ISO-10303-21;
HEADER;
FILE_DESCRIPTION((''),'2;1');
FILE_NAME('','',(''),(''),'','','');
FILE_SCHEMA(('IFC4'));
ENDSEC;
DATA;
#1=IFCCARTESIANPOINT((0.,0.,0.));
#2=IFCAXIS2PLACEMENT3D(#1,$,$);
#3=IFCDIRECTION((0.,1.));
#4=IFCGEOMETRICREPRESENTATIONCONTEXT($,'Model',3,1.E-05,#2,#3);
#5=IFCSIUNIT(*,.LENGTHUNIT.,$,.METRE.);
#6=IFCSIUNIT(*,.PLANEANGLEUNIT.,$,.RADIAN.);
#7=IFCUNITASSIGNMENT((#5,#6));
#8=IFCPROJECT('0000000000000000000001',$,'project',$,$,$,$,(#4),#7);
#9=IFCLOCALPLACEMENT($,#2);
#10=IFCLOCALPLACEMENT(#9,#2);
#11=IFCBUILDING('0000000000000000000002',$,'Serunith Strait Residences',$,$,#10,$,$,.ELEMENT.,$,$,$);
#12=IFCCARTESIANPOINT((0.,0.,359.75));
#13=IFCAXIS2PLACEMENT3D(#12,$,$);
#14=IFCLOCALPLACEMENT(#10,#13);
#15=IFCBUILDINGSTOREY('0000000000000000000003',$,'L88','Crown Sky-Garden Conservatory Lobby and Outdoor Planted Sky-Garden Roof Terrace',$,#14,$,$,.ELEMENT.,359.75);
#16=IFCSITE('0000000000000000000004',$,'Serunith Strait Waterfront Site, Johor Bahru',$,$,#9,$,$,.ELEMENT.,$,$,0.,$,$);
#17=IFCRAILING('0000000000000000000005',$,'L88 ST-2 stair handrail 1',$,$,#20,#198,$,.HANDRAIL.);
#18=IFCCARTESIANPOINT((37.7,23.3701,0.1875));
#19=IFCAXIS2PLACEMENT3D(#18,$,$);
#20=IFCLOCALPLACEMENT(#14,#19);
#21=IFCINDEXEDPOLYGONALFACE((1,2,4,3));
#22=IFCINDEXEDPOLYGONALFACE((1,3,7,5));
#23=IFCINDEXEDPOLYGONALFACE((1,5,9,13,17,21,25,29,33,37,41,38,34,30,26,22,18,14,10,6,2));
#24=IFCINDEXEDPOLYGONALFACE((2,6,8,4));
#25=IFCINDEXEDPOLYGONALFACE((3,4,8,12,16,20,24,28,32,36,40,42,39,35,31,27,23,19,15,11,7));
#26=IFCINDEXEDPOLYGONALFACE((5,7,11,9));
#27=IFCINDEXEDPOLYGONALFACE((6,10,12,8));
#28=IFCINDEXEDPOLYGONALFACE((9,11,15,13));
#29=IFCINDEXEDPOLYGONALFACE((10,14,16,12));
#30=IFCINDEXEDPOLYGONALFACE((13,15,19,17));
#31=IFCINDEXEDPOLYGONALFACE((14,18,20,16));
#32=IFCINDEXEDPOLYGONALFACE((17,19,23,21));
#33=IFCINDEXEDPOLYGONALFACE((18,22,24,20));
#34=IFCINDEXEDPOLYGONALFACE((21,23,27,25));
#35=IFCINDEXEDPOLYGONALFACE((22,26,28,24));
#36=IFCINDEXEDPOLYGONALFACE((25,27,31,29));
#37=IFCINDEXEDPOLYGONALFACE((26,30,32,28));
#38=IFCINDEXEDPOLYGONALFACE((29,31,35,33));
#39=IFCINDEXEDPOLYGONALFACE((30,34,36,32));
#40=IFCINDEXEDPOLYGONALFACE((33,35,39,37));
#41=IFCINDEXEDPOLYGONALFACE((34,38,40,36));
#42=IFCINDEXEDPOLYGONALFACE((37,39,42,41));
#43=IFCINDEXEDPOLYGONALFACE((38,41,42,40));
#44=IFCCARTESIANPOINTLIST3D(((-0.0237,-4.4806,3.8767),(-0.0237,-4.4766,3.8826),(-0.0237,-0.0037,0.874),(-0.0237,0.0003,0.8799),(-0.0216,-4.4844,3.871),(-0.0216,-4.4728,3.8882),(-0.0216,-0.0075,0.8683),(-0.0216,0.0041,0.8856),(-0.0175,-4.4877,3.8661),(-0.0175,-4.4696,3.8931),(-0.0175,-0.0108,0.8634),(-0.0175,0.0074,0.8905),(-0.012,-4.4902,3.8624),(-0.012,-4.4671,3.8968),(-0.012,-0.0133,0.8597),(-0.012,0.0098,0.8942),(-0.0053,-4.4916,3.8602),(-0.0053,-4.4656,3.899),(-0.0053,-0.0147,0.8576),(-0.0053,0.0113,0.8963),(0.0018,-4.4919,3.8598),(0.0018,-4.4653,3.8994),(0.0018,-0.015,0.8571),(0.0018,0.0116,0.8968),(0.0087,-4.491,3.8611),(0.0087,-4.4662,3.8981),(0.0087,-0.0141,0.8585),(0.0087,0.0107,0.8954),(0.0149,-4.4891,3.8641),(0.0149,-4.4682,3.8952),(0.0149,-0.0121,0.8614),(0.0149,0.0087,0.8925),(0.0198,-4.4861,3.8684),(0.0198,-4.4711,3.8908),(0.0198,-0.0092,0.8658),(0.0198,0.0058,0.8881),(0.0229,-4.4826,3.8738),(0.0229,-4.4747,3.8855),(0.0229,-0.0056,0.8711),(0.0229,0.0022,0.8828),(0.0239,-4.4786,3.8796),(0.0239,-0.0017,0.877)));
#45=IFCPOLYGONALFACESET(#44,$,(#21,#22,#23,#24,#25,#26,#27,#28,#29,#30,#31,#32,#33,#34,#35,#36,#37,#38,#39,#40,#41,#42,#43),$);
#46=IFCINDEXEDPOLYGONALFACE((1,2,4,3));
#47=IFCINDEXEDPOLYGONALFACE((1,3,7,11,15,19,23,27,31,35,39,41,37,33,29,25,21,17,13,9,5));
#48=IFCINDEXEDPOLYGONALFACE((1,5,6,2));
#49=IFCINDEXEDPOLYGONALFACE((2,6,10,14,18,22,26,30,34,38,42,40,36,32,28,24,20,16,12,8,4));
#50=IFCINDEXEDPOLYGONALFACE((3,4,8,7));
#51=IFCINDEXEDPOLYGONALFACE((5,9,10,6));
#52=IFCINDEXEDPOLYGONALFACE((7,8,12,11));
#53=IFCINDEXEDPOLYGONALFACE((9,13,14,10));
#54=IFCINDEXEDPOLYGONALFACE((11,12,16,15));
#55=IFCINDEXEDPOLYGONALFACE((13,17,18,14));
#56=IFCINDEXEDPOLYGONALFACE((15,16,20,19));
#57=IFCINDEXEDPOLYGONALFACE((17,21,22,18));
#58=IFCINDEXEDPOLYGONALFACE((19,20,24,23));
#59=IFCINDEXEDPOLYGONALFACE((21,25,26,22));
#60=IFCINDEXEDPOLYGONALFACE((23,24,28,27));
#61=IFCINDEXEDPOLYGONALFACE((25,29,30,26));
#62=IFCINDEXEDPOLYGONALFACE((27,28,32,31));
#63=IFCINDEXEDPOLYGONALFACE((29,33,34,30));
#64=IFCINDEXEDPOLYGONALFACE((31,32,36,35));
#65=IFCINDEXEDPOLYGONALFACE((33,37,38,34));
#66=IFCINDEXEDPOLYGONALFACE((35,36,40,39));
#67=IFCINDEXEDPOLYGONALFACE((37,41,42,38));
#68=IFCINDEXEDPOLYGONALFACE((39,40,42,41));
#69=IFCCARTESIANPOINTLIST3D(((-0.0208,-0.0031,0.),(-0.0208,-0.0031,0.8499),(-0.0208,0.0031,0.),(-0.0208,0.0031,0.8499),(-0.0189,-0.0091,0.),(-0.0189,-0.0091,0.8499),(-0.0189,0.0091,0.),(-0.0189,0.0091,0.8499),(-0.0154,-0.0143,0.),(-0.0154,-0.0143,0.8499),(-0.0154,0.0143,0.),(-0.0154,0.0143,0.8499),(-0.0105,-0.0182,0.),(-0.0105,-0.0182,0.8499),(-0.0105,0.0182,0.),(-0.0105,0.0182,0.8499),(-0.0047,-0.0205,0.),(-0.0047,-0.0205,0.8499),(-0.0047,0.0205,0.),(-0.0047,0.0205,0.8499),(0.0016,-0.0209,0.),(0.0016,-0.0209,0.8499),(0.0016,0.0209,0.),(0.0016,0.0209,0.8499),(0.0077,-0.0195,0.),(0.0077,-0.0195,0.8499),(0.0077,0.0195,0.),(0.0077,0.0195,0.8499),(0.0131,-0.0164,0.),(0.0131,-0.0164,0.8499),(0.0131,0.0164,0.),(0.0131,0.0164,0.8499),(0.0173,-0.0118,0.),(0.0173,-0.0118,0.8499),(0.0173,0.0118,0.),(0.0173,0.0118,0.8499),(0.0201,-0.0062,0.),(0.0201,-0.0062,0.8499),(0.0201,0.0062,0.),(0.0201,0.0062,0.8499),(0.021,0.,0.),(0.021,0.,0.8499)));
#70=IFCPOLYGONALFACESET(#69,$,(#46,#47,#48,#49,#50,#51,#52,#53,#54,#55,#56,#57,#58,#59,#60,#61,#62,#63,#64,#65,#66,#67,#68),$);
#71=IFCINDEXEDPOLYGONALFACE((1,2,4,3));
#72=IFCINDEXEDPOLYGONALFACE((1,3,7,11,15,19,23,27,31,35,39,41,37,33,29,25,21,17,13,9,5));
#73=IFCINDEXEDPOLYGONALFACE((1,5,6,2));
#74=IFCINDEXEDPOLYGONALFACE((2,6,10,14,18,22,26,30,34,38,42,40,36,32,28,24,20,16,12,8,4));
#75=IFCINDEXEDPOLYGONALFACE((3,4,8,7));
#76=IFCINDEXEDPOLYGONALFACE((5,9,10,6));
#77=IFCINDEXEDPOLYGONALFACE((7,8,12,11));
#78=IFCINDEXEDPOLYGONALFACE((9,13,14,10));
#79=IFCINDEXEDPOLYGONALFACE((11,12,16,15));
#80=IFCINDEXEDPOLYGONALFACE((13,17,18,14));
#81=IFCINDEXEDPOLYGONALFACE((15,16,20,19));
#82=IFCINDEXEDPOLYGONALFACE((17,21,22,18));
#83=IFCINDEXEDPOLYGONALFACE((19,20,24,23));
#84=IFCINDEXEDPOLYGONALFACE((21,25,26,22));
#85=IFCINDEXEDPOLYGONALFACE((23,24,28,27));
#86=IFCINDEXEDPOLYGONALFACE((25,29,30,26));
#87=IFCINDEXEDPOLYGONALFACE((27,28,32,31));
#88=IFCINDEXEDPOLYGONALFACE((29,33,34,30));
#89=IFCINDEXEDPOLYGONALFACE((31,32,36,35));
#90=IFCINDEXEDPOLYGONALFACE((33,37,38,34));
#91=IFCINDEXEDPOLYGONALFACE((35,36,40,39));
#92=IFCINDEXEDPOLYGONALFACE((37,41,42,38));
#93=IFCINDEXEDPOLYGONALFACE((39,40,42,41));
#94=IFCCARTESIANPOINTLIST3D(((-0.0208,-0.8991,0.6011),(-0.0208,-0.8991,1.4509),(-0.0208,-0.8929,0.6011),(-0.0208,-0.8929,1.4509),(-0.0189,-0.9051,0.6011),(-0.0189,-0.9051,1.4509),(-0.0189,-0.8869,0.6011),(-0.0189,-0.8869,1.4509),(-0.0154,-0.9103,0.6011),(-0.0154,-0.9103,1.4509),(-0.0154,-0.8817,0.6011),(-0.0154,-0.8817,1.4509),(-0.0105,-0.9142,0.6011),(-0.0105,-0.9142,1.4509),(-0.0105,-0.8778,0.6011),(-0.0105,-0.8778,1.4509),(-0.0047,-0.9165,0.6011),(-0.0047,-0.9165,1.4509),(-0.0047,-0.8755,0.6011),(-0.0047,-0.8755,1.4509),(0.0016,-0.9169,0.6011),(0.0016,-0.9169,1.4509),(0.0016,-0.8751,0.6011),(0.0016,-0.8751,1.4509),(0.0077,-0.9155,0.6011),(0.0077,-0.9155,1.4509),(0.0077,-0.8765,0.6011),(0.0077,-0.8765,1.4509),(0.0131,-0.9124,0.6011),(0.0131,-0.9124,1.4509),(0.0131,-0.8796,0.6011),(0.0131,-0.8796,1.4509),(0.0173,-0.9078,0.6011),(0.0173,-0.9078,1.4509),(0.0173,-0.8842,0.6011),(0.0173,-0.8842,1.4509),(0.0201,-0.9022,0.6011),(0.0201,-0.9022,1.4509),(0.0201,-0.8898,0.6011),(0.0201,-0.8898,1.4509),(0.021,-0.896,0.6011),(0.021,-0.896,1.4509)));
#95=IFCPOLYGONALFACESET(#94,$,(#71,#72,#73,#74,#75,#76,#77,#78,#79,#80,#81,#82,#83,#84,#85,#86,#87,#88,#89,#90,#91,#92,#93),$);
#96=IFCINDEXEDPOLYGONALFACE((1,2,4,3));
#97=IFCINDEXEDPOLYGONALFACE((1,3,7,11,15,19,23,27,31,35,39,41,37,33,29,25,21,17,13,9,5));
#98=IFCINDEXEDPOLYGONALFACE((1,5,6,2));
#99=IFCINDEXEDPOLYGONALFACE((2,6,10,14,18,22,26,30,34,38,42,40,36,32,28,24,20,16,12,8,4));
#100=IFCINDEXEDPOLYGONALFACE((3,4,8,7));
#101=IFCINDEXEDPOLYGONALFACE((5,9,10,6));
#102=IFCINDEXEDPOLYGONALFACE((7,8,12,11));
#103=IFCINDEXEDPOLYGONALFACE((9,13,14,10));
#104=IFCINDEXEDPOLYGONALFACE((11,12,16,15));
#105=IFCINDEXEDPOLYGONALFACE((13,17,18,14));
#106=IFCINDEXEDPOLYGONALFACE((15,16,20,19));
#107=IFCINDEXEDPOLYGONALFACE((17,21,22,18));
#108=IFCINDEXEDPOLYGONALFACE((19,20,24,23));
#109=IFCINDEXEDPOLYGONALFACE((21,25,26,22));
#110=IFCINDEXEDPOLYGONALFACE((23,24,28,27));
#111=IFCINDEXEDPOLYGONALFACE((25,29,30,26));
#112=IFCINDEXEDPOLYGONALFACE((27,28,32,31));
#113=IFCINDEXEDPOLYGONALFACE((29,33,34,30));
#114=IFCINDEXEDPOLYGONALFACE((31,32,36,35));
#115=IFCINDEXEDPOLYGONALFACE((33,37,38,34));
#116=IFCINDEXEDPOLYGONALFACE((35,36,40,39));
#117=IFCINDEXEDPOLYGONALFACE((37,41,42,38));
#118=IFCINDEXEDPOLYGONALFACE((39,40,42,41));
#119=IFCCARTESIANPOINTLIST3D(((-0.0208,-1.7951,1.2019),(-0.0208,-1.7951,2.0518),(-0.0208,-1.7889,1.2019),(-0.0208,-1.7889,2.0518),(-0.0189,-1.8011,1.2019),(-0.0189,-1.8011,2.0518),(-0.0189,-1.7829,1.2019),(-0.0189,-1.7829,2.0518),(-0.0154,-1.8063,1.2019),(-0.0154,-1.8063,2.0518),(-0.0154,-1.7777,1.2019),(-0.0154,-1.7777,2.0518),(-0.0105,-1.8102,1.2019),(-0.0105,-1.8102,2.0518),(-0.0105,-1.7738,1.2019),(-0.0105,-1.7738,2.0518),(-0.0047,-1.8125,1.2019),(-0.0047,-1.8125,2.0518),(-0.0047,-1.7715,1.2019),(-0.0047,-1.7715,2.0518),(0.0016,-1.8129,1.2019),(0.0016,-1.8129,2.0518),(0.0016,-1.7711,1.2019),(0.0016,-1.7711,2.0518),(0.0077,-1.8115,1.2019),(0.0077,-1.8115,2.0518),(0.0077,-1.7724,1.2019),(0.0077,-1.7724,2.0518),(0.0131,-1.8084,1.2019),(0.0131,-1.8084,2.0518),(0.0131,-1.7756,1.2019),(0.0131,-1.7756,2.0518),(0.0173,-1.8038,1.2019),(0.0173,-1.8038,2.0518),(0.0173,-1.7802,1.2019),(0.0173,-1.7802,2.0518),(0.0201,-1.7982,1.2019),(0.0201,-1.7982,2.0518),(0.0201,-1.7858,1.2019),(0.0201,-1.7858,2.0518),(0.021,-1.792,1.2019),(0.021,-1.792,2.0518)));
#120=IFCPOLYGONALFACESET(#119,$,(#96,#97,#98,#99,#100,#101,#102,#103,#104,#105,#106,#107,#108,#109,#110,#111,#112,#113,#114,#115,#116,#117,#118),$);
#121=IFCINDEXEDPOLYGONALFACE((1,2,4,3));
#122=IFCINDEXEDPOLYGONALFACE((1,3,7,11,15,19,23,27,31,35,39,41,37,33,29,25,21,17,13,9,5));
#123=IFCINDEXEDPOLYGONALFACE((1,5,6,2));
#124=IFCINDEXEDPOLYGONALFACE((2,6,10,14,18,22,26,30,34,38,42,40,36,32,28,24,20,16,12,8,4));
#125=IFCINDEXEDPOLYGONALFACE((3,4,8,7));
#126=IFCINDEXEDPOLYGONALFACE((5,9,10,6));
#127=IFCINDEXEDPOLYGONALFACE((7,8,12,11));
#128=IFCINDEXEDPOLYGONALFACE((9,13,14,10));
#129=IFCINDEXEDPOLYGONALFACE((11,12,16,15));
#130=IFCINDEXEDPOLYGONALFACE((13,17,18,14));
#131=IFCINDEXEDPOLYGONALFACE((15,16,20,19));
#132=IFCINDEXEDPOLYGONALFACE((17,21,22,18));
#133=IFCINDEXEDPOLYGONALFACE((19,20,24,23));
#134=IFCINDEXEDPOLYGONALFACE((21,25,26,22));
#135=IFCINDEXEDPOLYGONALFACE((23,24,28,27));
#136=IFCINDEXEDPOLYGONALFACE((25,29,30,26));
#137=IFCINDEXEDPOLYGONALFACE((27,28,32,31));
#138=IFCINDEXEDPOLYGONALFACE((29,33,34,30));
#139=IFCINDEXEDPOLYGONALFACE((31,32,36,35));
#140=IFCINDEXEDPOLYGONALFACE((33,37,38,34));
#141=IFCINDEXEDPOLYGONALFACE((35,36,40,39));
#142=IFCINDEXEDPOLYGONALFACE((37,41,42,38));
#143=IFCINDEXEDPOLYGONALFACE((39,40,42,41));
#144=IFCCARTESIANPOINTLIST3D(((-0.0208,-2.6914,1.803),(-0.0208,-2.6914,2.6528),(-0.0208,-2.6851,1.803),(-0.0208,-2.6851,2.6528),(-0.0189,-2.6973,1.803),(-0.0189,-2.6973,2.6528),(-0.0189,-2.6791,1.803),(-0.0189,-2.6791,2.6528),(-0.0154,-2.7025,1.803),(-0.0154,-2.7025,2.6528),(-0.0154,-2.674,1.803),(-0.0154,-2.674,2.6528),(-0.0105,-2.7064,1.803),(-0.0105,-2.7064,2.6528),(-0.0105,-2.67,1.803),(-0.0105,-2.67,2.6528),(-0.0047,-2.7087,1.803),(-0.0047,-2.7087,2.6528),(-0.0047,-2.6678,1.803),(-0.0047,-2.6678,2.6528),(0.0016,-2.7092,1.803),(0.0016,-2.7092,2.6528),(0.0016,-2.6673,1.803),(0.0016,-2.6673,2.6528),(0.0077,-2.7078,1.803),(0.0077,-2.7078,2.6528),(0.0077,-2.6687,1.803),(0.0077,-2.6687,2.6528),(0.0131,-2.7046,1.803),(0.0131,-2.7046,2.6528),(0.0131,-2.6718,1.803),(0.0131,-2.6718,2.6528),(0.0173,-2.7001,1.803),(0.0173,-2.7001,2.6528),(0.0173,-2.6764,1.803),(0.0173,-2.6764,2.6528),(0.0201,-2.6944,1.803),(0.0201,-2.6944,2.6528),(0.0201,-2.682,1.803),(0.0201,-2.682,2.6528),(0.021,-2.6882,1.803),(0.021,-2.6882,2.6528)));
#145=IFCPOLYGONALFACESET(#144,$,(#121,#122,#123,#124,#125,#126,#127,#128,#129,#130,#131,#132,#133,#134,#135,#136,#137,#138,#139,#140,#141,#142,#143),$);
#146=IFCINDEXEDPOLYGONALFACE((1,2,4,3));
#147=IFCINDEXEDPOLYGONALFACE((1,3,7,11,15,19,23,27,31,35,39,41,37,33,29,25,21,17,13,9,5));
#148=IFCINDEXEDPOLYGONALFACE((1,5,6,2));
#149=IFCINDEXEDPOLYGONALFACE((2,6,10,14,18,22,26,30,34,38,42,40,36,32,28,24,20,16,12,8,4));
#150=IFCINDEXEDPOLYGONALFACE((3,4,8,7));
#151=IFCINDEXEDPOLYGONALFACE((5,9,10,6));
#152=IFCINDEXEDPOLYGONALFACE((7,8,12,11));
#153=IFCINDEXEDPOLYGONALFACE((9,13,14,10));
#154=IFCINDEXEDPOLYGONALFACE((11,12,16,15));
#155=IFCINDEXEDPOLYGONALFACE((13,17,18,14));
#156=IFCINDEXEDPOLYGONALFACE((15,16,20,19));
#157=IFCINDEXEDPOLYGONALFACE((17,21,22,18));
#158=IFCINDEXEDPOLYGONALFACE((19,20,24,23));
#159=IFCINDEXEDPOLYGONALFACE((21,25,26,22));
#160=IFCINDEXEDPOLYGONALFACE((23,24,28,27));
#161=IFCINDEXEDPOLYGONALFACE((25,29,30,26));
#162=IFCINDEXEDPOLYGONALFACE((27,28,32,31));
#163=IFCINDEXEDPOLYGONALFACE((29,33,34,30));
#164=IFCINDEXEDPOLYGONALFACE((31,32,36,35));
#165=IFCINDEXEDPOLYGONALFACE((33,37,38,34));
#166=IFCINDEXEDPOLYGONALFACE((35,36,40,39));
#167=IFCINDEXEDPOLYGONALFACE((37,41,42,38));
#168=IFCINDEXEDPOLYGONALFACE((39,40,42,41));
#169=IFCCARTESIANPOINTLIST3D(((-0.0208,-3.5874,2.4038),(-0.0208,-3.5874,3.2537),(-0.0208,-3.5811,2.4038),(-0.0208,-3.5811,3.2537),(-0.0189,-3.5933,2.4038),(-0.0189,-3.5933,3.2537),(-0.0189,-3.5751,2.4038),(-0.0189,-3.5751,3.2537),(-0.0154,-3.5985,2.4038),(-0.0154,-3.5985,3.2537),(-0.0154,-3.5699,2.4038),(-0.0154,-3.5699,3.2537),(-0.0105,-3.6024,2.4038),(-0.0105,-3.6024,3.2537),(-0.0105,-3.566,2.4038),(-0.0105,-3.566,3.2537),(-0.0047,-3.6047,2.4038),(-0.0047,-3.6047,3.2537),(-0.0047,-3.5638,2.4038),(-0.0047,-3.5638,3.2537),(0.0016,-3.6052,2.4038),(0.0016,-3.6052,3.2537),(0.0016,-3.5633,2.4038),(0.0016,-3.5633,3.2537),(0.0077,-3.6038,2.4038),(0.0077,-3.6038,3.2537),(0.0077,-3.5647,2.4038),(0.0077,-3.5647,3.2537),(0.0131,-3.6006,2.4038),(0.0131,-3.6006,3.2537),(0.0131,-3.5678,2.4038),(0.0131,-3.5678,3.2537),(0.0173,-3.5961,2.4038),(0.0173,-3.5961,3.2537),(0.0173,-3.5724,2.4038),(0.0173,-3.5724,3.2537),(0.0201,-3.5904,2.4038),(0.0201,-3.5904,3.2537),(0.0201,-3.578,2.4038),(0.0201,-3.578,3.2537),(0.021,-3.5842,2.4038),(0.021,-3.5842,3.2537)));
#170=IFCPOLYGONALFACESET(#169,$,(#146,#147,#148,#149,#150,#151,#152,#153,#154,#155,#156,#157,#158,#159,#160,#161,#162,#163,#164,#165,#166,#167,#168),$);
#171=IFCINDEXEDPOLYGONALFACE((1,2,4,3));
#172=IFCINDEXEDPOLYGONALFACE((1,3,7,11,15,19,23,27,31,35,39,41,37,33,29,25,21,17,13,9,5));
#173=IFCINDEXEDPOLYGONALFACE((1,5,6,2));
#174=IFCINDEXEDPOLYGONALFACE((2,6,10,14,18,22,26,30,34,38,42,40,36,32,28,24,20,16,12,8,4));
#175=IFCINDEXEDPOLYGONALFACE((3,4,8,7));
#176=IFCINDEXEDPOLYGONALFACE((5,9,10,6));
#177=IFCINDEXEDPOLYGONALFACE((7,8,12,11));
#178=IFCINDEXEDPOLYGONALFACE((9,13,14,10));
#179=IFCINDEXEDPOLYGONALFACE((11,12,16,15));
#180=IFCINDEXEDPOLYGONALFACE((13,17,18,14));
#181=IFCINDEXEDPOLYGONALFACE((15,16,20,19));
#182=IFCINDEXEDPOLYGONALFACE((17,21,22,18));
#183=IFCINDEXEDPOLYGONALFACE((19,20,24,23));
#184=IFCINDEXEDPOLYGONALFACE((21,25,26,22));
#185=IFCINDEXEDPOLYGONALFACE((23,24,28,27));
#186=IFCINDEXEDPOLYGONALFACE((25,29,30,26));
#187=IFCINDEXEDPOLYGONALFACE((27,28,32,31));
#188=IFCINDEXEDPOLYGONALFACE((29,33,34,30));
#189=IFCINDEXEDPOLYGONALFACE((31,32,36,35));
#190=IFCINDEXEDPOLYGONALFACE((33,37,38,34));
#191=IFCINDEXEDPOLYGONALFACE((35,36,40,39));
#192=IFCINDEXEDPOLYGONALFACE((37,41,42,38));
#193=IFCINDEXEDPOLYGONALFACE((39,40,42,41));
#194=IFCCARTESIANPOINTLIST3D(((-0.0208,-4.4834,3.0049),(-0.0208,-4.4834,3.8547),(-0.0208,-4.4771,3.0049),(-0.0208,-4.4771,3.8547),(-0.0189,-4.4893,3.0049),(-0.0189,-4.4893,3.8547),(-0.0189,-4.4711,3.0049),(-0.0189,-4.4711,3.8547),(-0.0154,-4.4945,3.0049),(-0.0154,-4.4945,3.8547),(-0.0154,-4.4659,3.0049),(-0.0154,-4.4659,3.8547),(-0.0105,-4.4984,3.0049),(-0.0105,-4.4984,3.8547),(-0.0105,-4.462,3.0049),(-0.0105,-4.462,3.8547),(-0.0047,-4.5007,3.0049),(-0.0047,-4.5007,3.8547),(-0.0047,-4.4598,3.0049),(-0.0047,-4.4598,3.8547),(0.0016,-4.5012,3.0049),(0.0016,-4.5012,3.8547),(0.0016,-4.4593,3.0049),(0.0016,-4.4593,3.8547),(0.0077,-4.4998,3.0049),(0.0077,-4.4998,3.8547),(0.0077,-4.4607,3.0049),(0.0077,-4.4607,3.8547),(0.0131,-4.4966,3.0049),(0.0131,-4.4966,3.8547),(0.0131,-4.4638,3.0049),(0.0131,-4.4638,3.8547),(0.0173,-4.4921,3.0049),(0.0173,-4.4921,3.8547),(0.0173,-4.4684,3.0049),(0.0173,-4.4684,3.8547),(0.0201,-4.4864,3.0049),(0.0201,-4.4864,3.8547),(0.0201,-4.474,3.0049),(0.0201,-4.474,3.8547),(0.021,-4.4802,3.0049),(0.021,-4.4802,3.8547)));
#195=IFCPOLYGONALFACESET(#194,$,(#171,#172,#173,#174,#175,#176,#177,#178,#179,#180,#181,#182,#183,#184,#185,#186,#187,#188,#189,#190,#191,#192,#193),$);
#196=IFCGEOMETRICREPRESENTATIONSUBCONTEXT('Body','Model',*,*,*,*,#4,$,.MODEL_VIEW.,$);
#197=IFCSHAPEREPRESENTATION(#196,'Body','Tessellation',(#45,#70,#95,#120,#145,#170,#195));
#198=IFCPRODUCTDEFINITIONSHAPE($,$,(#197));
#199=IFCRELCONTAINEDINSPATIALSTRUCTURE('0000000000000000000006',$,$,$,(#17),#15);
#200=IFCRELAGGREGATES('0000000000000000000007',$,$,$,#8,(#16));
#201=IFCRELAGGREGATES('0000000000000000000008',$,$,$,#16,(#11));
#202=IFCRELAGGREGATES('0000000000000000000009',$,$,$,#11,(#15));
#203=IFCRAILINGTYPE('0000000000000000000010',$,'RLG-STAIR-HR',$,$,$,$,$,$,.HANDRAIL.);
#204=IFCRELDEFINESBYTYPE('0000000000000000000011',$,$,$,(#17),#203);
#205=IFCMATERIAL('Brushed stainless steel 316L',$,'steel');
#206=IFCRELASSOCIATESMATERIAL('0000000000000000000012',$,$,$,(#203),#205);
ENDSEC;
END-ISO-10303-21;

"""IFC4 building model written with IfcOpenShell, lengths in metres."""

from ifc_helpers import new_model, si_unit, direction, frame, origin, origin_2d, place, context, subcontext, project, spatial, circle, extrude, material, type_object, element, save


model = new_model("IFC4")

# Units and contexts
model_context = context("Model", 3, precision=1e-05, world=origin(), true_north=direction((0.0, 1.0)))
body_context = subcontext(model_context, "Body", "Model", "MODEL_VIEW")
ifc_project = project(units=[si_unit("LENGTHUNIT", "METRE"), si_unit("PLANEANGLEUNIT", "RADIAN")], contexts=[model_context])

# Site, building, storey
site_placement = place(None, origin())
site = spatial("IfcSite", under=ifc_project, at=site_placement, Name="Serunith Strait Waterfront Site, Johor Bahru", CompositionType="ELEMENT", RefElevation=0.0)
building_placement = place(site_placement, origin())
building = spatial("IfcBuilding", under=site, at=building_placement, Name="Serunith Strait Residences", CompositionType="ELEMENT")
storey_placement = place(building_placement, frame((0.0, 0.0, 359.75)))
storey = spatial("IfcBuildingStorey", under=building, at=storey_placement, Name="L88", Description="Crown Sky-Garden Conservatory Lobby and Outdoor Planted Sky-Garden Roof Terrace", CompositionType="ELEMENT", Elevation=359.75)

# Railing
ifc_material_1 = material(Name="Brushed stainless steel 316L", Category="steel")
railing_type_1 = type_object("IfcRailingType", Name="RLG-STAIR-HR", PredefinedType="HANDRAIL", material=ifc_material_1)
railing_1_placement = place(storey_placement, frame((37.7, 23.3701, 0.1875)))
element("IfcRailing", 1, at=railing_1_placement, inside=storey, type_object=railing_type_1, Name="L88 ST-2 stair handrail 1", PredefinedType="HANDRAIL", context=body_context, shape_type="SweptSolid", body=[
    extrude(circle(Radius=0.0239, at=origin_2d()), frame((0.0, -0.0017, 0.877), z_axis=(0.0, -0.830501, 0.557017), x_axis=(1.0, 0.0, 0.0)), (0.0, 0.0, 1.0), 5.3906),
    extrude(circle(Radius=0.021, at=origin_2d()), origin(), (0.0, 0.0, 1.0), 0.8499),
    extrude(circle(Radius=0.021, at=origin_2d()), frame((0.0, -0.896, 0.6011)), (0.0, 0.0, 1.0), 0.8499),
    extrude(circle(Radius=0.021, at=origin_2d()), frame((0.0, -1.792, 1.2019)), (0.0, 0.0, 1.0), 0.8499),
    extrude(circle(Radius=0.021, at=origin_2d()), frame((0.0, -2.6882, 1.803)), (0.0, 0.0, 1.0), 0.8499),
    extrude(circle(Radius=0.021, at=origin_2d()), frame((0.0, -3.5842, 2.4038)), (0.0, 0.0, 1.0), 0.8499),
    extrude(circle(Radius=0.021, at=origin_2d()), frame((0.0, -4.4802, 3.0049)), (0.0, 0.0, 1.0), 0.8499),
])

save(model, "model.ifc")
